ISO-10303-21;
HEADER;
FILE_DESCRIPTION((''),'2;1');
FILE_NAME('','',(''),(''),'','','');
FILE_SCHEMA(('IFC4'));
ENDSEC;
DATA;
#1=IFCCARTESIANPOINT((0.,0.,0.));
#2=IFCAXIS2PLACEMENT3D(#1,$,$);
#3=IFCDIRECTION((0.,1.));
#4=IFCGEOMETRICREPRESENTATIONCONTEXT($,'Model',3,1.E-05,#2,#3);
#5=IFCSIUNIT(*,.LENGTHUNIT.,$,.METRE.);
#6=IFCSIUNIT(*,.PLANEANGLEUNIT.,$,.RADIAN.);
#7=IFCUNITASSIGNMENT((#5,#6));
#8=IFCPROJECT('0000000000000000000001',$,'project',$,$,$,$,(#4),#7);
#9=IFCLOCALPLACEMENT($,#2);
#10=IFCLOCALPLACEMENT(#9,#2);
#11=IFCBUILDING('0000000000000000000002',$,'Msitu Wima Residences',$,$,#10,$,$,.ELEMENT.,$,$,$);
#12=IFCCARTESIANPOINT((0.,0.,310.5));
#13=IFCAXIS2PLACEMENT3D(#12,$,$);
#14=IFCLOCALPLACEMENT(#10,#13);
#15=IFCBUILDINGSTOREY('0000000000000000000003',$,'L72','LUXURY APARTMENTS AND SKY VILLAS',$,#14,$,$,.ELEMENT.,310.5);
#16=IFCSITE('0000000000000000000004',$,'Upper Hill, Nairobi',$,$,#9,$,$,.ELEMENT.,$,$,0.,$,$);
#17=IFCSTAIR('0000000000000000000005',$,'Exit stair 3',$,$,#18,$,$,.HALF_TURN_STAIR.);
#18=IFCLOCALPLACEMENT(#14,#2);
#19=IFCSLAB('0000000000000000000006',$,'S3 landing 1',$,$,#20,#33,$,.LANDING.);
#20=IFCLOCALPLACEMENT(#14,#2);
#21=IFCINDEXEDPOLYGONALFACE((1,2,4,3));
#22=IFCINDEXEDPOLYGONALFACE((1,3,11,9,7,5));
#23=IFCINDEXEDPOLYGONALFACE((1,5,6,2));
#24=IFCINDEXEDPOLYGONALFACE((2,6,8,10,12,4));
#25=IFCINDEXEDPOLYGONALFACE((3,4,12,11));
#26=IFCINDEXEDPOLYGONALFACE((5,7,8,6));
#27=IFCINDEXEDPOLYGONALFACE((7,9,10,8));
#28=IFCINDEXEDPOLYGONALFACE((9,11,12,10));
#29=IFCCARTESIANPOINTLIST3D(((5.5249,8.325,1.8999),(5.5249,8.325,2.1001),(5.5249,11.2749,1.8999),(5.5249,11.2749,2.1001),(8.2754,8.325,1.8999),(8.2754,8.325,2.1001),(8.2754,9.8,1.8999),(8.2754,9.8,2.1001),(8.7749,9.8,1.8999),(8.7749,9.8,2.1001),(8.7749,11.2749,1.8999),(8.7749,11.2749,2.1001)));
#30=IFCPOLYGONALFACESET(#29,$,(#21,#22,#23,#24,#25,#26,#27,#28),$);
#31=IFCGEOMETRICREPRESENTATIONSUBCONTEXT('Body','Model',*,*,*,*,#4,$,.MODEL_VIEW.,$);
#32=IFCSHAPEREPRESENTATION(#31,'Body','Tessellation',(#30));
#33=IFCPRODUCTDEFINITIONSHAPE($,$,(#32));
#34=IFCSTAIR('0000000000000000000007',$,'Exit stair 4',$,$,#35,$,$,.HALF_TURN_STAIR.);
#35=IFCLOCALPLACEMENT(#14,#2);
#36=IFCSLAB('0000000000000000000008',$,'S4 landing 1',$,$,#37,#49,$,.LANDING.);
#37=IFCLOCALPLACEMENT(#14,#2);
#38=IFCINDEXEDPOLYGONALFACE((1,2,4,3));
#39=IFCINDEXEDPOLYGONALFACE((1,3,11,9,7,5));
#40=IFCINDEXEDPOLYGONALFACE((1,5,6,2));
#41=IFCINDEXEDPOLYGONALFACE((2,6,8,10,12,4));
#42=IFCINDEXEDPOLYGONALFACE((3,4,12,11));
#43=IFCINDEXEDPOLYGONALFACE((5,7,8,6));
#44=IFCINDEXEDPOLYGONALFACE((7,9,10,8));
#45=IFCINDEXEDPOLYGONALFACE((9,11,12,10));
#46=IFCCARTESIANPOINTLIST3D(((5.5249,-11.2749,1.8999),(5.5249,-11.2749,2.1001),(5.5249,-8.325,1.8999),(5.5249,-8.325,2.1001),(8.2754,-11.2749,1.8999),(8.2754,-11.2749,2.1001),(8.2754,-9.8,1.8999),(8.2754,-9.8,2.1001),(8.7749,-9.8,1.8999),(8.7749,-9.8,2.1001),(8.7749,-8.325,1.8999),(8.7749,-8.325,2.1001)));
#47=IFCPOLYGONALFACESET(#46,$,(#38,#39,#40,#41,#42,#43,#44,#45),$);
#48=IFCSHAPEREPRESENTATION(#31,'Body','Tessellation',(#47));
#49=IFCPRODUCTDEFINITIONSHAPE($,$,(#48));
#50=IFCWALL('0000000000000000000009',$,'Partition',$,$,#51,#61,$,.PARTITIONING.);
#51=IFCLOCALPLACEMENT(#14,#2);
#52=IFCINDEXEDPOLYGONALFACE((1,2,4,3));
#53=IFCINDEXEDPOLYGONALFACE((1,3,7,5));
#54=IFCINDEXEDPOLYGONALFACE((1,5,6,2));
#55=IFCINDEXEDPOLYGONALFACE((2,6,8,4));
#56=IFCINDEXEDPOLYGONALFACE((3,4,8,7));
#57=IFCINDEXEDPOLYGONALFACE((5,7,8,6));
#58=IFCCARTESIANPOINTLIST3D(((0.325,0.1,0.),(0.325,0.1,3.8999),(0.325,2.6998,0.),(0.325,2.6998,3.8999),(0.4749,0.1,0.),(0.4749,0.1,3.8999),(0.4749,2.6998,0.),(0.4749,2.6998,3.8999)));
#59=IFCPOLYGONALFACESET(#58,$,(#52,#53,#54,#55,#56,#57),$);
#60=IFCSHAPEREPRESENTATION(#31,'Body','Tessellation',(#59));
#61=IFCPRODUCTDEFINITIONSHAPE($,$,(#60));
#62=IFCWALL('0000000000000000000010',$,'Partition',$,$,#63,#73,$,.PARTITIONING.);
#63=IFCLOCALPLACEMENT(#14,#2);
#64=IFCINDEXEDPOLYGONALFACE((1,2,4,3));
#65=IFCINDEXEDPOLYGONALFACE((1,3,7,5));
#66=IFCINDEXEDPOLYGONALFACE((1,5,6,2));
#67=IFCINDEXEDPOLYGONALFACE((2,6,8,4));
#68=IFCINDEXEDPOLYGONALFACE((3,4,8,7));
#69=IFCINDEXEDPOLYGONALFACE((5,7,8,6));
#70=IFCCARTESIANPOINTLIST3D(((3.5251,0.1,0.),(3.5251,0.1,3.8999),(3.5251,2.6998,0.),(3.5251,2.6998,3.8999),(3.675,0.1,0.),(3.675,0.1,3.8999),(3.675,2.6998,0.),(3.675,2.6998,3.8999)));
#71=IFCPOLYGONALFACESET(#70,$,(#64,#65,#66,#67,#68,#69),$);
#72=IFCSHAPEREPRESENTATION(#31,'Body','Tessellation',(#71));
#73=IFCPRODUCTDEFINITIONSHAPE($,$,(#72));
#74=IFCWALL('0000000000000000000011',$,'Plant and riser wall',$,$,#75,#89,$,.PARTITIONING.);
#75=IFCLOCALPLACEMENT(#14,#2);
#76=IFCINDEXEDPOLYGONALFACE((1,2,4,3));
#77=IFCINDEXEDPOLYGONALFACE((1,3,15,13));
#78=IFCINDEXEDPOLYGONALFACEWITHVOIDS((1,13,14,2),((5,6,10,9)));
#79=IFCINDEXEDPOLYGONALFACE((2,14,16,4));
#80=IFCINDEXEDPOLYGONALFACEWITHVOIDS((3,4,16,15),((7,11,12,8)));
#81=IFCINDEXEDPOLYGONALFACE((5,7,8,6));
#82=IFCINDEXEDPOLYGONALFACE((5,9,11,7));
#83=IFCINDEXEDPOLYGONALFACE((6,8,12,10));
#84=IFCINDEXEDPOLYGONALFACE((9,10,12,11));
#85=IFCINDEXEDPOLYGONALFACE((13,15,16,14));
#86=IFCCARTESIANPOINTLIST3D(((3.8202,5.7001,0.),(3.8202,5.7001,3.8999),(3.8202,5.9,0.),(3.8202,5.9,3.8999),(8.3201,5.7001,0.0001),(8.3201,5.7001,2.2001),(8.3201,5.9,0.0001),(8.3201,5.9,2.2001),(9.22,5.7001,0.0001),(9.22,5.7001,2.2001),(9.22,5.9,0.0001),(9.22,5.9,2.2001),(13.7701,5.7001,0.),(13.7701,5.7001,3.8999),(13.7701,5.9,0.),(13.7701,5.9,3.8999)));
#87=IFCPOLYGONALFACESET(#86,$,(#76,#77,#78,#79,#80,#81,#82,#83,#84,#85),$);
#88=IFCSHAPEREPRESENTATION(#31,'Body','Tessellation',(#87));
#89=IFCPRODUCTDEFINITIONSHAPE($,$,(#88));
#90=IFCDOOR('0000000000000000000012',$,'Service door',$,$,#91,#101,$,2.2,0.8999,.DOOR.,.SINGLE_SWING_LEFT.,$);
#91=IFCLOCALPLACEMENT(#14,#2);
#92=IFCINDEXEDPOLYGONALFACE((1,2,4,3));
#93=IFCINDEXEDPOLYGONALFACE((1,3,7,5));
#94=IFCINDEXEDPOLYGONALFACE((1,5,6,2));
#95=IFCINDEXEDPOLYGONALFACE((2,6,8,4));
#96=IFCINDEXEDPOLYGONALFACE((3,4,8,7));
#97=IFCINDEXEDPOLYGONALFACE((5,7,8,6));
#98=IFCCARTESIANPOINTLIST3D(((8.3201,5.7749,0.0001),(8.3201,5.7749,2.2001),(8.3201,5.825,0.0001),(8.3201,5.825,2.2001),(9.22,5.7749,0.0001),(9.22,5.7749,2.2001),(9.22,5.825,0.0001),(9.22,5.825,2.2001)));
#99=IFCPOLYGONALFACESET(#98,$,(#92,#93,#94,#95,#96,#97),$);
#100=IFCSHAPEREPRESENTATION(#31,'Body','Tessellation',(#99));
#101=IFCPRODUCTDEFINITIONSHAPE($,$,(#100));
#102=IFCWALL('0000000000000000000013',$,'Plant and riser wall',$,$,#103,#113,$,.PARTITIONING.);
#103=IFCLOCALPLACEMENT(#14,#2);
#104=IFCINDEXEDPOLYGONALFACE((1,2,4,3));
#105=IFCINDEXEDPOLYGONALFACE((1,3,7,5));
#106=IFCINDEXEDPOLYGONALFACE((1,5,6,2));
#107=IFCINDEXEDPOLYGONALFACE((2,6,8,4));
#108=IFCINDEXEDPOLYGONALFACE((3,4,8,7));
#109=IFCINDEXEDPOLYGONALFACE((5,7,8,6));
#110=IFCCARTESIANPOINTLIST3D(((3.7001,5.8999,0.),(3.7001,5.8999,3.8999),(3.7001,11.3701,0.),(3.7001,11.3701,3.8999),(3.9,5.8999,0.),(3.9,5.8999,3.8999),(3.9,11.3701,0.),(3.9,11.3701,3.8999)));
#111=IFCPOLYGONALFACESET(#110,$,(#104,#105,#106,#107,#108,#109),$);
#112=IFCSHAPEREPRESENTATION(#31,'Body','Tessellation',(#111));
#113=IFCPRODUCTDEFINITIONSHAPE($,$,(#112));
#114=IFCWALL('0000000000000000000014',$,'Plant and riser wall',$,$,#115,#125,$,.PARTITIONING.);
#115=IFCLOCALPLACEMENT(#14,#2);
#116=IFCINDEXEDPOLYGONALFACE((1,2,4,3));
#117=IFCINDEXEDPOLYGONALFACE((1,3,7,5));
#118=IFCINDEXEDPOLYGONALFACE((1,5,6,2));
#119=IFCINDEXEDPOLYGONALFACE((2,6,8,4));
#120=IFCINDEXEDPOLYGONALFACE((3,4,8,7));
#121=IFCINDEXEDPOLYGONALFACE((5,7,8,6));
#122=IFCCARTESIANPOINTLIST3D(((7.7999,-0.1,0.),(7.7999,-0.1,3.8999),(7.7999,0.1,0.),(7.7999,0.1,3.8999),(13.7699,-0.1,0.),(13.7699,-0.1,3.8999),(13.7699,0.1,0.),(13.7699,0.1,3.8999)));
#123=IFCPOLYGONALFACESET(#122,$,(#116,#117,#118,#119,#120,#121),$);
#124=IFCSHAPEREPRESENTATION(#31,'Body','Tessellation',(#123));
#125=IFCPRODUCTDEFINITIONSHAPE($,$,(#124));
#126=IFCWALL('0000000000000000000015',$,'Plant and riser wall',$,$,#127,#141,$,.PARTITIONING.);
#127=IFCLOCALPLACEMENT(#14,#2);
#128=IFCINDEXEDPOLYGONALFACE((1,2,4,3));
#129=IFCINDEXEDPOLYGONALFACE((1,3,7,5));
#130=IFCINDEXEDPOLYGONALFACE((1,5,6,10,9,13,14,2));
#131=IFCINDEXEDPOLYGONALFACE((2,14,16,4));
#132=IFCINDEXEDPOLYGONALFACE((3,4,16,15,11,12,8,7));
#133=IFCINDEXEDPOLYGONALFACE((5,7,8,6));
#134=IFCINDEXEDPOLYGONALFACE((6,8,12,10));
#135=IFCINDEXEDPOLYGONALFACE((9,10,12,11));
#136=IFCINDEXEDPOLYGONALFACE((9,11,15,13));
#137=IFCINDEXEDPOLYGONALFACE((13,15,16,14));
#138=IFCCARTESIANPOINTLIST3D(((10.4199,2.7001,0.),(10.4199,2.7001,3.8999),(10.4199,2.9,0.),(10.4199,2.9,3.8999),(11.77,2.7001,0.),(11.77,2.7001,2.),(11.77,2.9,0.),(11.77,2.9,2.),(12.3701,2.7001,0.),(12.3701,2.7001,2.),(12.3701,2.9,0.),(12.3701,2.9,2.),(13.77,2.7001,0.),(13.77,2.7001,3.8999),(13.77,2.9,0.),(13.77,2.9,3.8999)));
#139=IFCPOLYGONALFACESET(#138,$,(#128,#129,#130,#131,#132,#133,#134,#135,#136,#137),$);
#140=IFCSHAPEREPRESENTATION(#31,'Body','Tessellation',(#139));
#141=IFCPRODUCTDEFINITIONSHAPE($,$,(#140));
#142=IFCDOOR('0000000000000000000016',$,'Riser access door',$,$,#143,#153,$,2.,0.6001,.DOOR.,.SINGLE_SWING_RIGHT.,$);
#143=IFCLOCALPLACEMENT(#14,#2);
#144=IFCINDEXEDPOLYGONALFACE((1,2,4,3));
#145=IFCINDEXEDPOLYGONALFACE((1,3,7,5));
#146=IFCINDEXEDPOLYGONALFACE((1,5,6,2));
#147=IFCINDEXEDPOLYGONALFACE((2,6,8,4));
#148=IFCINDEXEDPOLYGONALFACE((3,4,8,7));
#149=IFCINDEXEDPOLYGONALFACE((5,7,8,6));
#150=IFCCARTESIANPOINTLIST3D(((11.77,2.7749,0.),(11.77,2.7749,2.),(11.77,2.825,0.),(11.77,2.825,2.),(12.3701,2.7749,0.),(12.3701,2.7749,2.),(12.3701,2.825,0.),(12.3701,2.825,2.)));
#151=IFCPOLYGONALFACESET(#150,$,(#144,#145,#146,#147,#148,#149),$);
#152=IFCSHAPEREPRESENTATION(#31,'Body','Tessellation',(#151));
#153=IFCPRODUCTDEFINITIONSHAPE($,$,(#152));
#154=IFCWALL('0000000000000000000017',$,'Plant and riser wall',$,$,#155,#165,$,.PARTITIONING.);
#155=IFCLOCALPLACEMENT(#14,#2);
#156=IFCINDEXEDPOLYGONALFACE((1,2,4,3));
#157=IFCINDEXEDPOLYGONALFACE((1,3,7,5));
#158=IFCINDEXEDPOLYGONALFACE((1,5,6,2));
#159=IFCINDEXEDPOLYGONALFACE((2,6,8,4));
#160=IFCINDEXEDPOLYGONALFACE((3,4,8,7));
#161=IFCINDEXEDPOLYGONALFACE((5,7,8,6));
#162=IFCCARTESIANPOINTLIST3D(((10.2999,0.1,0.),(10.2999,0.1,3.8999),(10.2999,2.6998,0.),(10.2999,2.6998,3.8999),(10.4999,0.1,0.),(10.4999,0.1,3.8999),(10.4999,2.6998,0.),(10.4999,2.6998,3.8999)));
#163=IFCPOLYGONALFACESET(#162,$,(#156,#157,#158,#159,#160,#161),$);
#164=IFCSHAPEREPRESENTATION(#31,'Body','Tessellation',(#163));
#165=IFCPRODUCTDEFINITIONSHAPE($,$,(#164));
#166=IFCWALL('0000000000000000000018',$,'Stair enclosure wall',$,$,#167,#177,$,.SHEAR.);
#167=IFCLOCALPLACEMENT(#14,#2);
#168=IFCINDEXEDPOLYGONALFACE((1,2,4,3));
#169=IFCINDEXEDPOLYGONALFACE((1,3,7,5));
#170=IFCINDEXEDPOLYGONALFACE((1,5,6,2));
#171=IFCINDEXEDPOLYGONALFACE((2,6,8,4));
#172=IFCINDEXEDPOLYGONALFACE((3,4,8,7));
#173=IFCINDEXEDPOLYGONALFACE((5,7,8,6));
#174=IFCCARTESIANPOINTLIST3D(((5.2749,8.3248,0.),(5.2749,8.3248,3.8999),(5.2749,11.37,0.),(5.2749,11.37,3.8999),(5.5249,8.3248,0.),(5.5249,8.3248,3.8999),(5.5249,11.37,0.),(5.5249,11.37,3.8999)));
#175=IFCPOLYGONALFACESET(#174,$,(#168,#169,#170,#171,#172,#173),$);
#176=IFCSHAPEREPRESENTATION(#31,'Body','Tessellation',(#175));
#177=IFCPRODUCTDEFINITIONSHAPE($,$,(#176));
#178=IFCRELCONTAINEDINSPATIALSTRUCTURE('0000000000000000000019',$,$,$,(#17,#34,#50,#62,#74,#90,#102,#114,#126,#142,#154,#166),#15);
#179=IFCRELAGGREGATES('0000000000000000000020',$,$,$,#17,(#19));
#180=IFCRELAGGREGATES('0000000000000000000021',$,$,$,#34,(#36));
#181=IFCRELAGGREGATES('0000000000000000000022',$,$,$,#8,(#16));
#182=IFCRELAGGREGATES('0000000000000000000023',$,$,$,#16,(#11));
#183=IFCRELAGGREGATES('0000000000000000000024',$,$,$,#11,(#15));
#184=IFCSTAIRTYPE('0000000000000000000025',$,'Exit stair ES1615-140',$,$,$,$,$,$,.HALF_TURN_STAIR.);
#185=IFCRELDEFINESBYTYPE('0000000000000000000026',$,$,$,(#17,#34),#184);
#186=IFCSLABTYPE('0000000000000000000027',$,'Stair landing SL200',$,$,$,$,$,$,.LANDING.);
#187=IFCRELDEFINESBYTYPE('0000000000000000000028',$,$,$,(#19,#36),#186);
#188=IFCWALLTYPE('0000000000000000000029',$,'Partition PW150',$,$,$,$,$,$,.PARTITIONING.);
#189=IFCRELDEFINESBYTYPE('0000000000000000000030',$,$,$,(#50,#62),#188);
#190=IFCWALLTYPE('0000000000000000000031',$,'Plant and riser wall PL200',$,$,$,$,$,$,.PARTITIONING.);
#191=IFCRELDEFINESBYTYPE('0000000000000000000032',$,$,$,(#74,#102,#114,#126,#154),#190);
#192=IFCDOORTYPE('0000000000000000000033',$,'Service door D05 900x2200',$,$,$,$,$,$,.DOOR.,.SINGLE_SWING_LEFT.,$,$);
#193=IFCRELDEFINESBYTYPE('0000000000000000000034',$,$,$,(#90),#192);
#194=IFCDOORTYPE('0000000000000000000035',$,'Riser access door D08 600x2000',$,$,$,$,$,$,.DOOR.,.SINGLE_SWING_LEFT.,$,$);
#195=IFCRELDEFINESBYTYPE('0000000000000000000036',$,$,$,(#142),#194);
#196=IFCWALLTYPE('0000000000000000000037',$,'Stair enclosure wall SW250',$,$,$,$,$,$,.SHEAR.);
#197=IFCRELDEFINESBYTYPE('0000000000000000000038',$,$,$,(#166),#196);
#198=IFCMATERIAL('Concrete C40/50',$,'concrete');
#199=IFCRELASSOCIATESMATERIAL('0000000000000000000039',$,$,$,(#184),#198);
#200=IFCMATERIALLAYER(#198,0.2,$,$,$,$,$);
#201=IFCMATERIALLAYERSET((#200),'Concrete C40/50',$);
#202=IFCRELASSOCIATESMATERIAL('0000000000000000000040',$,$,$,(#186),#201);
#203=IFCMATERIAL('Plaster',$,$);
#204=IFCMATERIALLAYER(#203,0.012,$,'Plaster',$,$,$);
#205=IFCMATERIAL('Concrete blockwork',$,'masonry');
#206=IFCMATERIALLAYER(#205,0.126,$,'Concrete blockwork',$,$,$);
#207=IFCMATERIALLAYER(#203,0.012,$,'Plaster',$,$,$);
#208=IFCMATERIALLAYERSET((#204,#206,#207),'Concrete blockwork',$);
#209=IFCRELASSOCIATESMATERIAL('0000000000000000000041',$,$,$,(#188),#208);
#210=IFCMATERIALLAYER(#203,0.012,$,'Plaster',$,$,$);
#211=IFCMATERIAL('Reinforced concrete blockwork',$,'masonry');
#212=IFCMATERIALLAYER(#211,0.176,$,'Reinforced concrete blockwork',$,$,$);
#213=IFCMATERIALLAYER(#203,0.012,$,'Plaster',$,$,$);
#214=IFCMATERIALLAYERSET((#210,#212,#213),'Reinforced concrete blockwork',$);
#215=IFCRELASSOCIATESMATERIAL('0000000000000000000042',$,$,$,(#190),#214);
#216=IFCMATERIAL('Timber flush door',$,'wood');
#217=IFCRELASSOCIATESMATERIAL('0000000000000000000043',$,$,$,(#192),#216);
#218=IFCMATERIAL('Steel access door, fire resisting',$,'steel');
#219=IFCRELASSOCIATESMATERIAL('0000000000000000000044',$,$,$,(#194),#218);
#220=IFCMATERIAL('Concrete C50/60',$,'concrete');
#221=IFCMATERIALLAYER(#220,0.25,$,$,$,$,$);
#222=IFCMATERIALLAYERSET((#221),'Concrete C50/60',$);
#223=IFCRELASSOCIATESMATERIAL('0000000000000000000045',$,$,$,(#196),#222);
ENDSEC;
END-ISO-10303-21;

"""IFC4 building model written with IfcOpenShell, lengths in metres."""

from ifc_helpers import new_model, si_unit, direction, frame, frame_2d, origin, place, context, subcontext, project, spatial, polyline, rectangle, outline, extrude, material, layer, layer_set, type_object, element, fill, aggregate, save


model = new_model("IFC4")

# Units and contexts
model_context = context("Model", 3, precision=1e-05, world=origin(), true_north=direction((0.0, 1.0)))
body_context = subcontext(model_context, "Body", "Model", "MODEL_VIEW")
ifc_project = project(units=[si_unit("LENGTHUNIT", "METRE"), si_unit("PLANEANGLEUNIT", "RADIAN")], contexts=[model_context])

# Site, building, storey
site_placement = place(None, origin())
site = spatial("IfcSite", under=ifc_project, at=site_placement, Name="Upper Hill, Nairobi", CompositionType="ELEMENT", RefElevation=0.0)
building_placement = place(site_placement, origin())
building = spatial("IfcBuilding", under=site, at=building_placement, Name="Msitu Wima Residences", CompositionType="ELEMENT")
storey_placement = place(building_placement, frame((0.0, 0.0, 310.5)))
storey = spatial("IfcBuildingStorey", under=building, at=storey_placement, Name="L72", Description="LUXURY APARTMENTS AND SKY VILLAS", CompositionType="ELEMENT", Elevation=310.5)

# Shared definitions
ifc_material_1 = material(Name="Concrete C40/50", Category="concrete")

# Stairs, slabs
stair_type = type_object("IfcStairType", Name="Exit stair ES1615-140", PredefinedType="HALF_TURN_STAIR", material=ifc_material_1)
ifc_layer_1 = layer(ifc_material_1, 0.2)
ifc_layer_set_1 = layer_set([ifc_layer_1], Name="Concrete C40/50")
slab_type_1 = type_object("IfcSlabType", Name="Stair landing SL200", PredefinedType="LANDING", material=ifc_layer_set_1)
stair_1_placement = place(storey_placement, origin())
stair_1 = element("IfcStair", 1, at=stair_1_placement, inside=storey, type_object=stair_type, Name="Exit stair 3", PredefinedType="HALF_TURN_STAIR")
slab_1_placement = place(storey_placement, frame((0.0, 0.0, 1.8999)))
slab_1 = element("IfcSlab", 2, at=slab_1_placement, type_object=slab_type_1, Name="S3 landing 1", PredefinedType="LANDING", context=body_context, shape_type="SweptSolid", body=[
    extrude(outline(polyline([(5.5249, 8.325), (8.2754, 8.325), (8.2754, 9.8), (8.7749, 9.8), (8.7749, 11.2749), (5.5249, 11.2749), (5.5249, 8.325)])), origin(), (0.0, 0.0, 1.0), 0.2002),
])
aggregate(stair_1, [slab_1])
stair_2_placement = place(storey_placement, origin())
stair_2 = element("IfcStair", 3, at=stair_2_placement, inside=storey, type_object=stair_type, Name="Exit stair 4", PredefinedType="HALF_TURN_STAIR")
slab_2_placement = place(storey_placement, frame((0.0, 0.0, 1.8999)))
slab_2 = element("IfcSlab", 4, at=slab_2_placement, type_object=slab_type_1, Name="S4 landing 1", PredefinedType="LANDING", context=body_context, shape_type="SweptSolid", body=[
    extrude(outline(polyline([(5.5249, -11.2749), (8.2754, -11.2749), (8.2754, -9.8), (8.7749, -9.8), (8.7749, -8.325), (5.5249, -8.325), (5.5249, -11.2749)])), origin(), (0.0, 0.0, 1.0), 0.2002),
])
aggregate(stair_2, [slab_2])

# Walls
ifc_material_2 = material(Name="Plaster")
ifc_layer_2 = layer(ifc_material_2, 0.012, Name="Plaster")
ifc_material_3 = material(Name="Concrete blockwork", Category="masonry")
ifc_layer_3 = layer(ifc_material_3, 0.126, Name="Concrete blockwork")
ifc_layer_4 = layer(ifc_material_2, 0.012, Name="Plaster")
ifc_layer_set_2 = layer_set([ifc_layer_2, ifc_layer_3, ifc_layer_4], Name="Concrete blockwork")
wall_type_1 = type_object("IfcWallType", Name="Partition PW150", PredefinedType="PARTITIONING", material=ifc_layer_set_2)
for number, where, z_axis, x_axis, name in (
    (5, (0.3999, 0.1001, 0.0), (0.0, 0.0, 1.0), (0.0, 1.0, 0.0), "Partition"),
    (6, (3.6001, 0.1001, 0.0), (0.0, 0.0, 1.0), (0.0, 1.0, 0.0), "Partition"),
):
    element("IfcWall", number, at=place(storey_placement, frame(where, z_axis=z_axis, x_axis=x_axis)), inside=storey, type_object=wall_type_1, Name=name, PredefinedType="PARTITIONING", context=body_context, shape_type="SweptSolid", body=[
        extrude(rectangle(XDim=2.5999, YDim=0.1499, at=frame_2d((1.2998, 0.0))), origin(), (0.0, 0.0, 1.0), 3.8999),
    ])

# Wall, opening, door
ifc_layer_5 = layer(ifc_material_2, 0.012, Name="Plaster")
ifc_material_4 = material(Name="Reinforced concrete blockwork", Category="masonry")
ifc_layer_6 = layer(ifc_material_4, 0.176, Name="Reinforced concrete blockwork")
ifc_layer_7 = layer(ifc_material_2, 0.012, Name="Plaster")
ifc_layer_set_3 = layer_set([ifc_layer_5, ifc_layer_6, ifc_layer_7], Name="Reinforced concrete blockwork")
wall_type_2 = type_object("IfcWallType", Name="Plant and riser wall PL200", PredefinedType="PARTITIONING", material=ifc_layer_set_3)
wall_1_placement = place(storey_placement, frame((3.8201, 5.8, 0.0), z_axis=(0.0, 0.0, 1.0), x_axis=(1.0, 0.0, 0.0)))
wall_1 = element("IfcWall", 7, at=wall_1_placement, inside=storey, type_object=wall_type_2, Name="Plant and riser wall", PredefinedType="PARTITIONING", context=body_context, shape_type="SweptSolid", body=[
    extrude(rectangle(XDim=9.95, YDim=0.2, at=frame_2d((4.9751, 0.0))), origin(), (0.0, 0.0, 1.0), 3.8999),
])
opening_1_placement = place(wall_1_placement, frame((4.5, 0.0, 0.0)))
opening_1 = element("IfcOpeningElement", 8, at=opening_1_placement, cuts=wall_1, PredefinedType="OPENING", context=body_context, shape_type="SweptSolid", body=[
    extrude(rectangle(XDim=0.8999, YDim=2.2, at=frame_2d((0.45, 1.1001))), frame((0.0, 0.1099, 0.0), z_axis=(0.0, -1.0, 0.0), x_axis=(1.0, 0.0, 0.0)), (0.0, 0.0, 1.0), 0.22),
])
ifc_material_5 = material(Name="Timber flush door", Category="wood")
door_type_1 = type_object("IfcDoorType", Name="Service door D05 900x2200", OperationType="SINGLE_SWING_LEFT", PredefinedType="DOOR", material=ifc_material_5)
door_1_placement = place(opening_1_placement, origin())
door_1 = element("IfcDoor", 9, at=door_1_placement, inside=storey, type_object=door_type_1, Name="Service door", OperationType="SINGLE_SWING_LEFT", OverallHeight=2.2, OverallWidth=0.8999, PredefinedType="DOOR", context=body_context, shape_type="SweptSolid", body=[
    extrude(rectangle(XDim=0.8999, YDim=2.2, at=frame_2d((0.45, 1.1001))), frame((0.0, 0.0249, 0.0), z_axis=(0.0, -1.0, 0.0), x_axis=(1.0, 0.0, 0.0)), (0.0, 0.0, 1.0), 0.05),
])
fill(opening_1, door_1)

# Walls
wall_2_placement = place(storey_placement, frame((3.8, 5.8999, 0.0), z_axis=(0.0, 0.0, 1.0), x_axis=(0.0, 1.0, 0.0)))
element("IfcWall", 10, at=wall_2_placement, inside=storey, type_object=wall_type_2, Name="Plant and riser wall", PredefinedType="PARTITIONING", context=body_context, shape_type="SweptSolid", body=[
    extrude(rectangle(XDim=5.4702, YDim=0.2, at=frame_2d((2.7351, 0.0))), origin(), (0.0, 0.0, 1.0), 3.8999),
])
wall_3_placement = place(storey_placement, frame((7.8, 0.0, 0.0), z_axis=(0.0, 0.0, 1.0), x_axis=(1.0, 0.0, 0.0)))
element("IfcWall", 11, at=wall_3_placement, inside=storey, type_object=wall_type_2, Name="Plant and riser wall", PredefinedType="PARTITIONING", context=body_context, shape_type="SweptSolid", body=[
    extrude(rectangle(XDim=5.97, YDim=0.2, at=frame_2d((2.9849, 0.0))), origin(), (0.0, 0.0, 1.0), 3.8999),
])

# Wall, opening, door
wall_4_placement = place(storey_placement, frame((10.4199, 2.8, 0.0), z_axis=(0.0, 0.0, 1.0), x_axis=(1.0, 0.0, 0.0)))
wall_4 = element("IfcWall", 12, at=wall_4_placement, inside=storey, type_object=wall_type_2, Name="Plant and riser wall", PredefinedType="PARTITIONING", context=body_context, shape_type="SweptSolid", body=[
    extrude(rectangle(XDim=3.3501, YDim=0.2, at=frame_2d((1.675, 0.0))), origin(), (0.0, 0.0, 1.0), 3.8999),
])
opening_2_placement = place(wall_4_placement, frame((1.3501, 0.0, 0.0)))
opening_2 = element("IfcOpeningElement", 13, at=opening_2_placement, cuts=wall_4, PredefinedType="OPENING", context=body_context, shape_type="SweptSolid", body=[
    extrude(rectangle(XDim=0.6001, YDim=2.0, at=frame_2d((0.3, 1.0))), frame((0.0, 0.1099, 0.0), z_axis=(0.0, -1.0, 0.0), x_axis=(1.0, 0.0, 0.0)), (0.0, 0.0, 1.0), 0.22),
])
ifc_material_6 = material(Name="Steel access door, fire resisting", Category="steel")
door_type_2 = type_object("IfcDoorType", Name="Riser access door D08 600x2000", OperationType="SINGLE_SWING_LEFT", PredefinedType="DOOR", material=ifc_material_6)
door_2_placement = place(opening_2_placement, origin())
door_2 = element("IfcDoor", 14, at=door_2_placement, inside=storey, type_object=door_type_2, Name="Riser access door", OperationType="SINGLE_SWING_RIGHT", OverallHeight=2.0, OverallWidth=0.6001, PredefinedType="DOOR", context=body_context, shape_type="SweptSolid", body=[
    extrude(rectangle(XDim=0.6001, YDim=2.0, at=frame_2d((0.3, 1.0))), frame((0.0, 0.0249, 0.0), z_axis=(0.0, -1.0, 0.0), x_axis=(1.0, 0.0, 0.0)), (0.0, 0.0, 1.0), 0.05),
])
fill(opening_2, door_2)

# Walls
wall_5_placement = place(storey_placement, frame((10.3999, 0.1001, 0.0), z_axis=(0.0, 0.0, 1.0), x_axis=(0.0, 1.0, 0.0)))
element("IfcWall", 15, at=wall_5_placement, inside=storey, type_object=wall_type_2, Name="Plant and riser wall", PredefinedType="PARTITIONING", context=body_context, shape_type="SweptSolid", body=[
    extrude(rectangle(XDim=2.5999, YDim=0.2, at=frame_2d((1.2998, 0.0))), origin(), (0.0, 0.0, 1.0), 3.8999),
])
ifc_material_7 = material(Name="Concrete C50/60", Category="concrete")
ifc_layer_8 = layer(ifc_material_7, 0.25)
ifc_layer_set_4 = layer_set([ifc_layer_8], Name="Concrete C50/60")
wall_type_3 = type_object("IfcWallType", Name="Stair enclosure wall SW250", PredefinedType="SHEAR", material=ifc_layer_set_4)
wall_6_placement = place(storey_placement, frame((5.3999, 8.325, 0.0), z_axis=(0.0, 0.0, 1.0), x_axis=(0.0, 1.0, 0.0)))
element("IfcWall", 16, at=wall_6_placement, inside=storey, type_object=wall_type_3, Name="Stair enclosure wall", PredefinedType="SHEAR", context=body_context, shape_type="SweptSolid", body=[
    extrude(rectangle(XDim=3.0452, YDim=0.25, at=frame_2d((1.5225, 0.0))), origin(), (0.0, 0.0, 1.0), 3.8999),
])

save(model, "model.ifc")
